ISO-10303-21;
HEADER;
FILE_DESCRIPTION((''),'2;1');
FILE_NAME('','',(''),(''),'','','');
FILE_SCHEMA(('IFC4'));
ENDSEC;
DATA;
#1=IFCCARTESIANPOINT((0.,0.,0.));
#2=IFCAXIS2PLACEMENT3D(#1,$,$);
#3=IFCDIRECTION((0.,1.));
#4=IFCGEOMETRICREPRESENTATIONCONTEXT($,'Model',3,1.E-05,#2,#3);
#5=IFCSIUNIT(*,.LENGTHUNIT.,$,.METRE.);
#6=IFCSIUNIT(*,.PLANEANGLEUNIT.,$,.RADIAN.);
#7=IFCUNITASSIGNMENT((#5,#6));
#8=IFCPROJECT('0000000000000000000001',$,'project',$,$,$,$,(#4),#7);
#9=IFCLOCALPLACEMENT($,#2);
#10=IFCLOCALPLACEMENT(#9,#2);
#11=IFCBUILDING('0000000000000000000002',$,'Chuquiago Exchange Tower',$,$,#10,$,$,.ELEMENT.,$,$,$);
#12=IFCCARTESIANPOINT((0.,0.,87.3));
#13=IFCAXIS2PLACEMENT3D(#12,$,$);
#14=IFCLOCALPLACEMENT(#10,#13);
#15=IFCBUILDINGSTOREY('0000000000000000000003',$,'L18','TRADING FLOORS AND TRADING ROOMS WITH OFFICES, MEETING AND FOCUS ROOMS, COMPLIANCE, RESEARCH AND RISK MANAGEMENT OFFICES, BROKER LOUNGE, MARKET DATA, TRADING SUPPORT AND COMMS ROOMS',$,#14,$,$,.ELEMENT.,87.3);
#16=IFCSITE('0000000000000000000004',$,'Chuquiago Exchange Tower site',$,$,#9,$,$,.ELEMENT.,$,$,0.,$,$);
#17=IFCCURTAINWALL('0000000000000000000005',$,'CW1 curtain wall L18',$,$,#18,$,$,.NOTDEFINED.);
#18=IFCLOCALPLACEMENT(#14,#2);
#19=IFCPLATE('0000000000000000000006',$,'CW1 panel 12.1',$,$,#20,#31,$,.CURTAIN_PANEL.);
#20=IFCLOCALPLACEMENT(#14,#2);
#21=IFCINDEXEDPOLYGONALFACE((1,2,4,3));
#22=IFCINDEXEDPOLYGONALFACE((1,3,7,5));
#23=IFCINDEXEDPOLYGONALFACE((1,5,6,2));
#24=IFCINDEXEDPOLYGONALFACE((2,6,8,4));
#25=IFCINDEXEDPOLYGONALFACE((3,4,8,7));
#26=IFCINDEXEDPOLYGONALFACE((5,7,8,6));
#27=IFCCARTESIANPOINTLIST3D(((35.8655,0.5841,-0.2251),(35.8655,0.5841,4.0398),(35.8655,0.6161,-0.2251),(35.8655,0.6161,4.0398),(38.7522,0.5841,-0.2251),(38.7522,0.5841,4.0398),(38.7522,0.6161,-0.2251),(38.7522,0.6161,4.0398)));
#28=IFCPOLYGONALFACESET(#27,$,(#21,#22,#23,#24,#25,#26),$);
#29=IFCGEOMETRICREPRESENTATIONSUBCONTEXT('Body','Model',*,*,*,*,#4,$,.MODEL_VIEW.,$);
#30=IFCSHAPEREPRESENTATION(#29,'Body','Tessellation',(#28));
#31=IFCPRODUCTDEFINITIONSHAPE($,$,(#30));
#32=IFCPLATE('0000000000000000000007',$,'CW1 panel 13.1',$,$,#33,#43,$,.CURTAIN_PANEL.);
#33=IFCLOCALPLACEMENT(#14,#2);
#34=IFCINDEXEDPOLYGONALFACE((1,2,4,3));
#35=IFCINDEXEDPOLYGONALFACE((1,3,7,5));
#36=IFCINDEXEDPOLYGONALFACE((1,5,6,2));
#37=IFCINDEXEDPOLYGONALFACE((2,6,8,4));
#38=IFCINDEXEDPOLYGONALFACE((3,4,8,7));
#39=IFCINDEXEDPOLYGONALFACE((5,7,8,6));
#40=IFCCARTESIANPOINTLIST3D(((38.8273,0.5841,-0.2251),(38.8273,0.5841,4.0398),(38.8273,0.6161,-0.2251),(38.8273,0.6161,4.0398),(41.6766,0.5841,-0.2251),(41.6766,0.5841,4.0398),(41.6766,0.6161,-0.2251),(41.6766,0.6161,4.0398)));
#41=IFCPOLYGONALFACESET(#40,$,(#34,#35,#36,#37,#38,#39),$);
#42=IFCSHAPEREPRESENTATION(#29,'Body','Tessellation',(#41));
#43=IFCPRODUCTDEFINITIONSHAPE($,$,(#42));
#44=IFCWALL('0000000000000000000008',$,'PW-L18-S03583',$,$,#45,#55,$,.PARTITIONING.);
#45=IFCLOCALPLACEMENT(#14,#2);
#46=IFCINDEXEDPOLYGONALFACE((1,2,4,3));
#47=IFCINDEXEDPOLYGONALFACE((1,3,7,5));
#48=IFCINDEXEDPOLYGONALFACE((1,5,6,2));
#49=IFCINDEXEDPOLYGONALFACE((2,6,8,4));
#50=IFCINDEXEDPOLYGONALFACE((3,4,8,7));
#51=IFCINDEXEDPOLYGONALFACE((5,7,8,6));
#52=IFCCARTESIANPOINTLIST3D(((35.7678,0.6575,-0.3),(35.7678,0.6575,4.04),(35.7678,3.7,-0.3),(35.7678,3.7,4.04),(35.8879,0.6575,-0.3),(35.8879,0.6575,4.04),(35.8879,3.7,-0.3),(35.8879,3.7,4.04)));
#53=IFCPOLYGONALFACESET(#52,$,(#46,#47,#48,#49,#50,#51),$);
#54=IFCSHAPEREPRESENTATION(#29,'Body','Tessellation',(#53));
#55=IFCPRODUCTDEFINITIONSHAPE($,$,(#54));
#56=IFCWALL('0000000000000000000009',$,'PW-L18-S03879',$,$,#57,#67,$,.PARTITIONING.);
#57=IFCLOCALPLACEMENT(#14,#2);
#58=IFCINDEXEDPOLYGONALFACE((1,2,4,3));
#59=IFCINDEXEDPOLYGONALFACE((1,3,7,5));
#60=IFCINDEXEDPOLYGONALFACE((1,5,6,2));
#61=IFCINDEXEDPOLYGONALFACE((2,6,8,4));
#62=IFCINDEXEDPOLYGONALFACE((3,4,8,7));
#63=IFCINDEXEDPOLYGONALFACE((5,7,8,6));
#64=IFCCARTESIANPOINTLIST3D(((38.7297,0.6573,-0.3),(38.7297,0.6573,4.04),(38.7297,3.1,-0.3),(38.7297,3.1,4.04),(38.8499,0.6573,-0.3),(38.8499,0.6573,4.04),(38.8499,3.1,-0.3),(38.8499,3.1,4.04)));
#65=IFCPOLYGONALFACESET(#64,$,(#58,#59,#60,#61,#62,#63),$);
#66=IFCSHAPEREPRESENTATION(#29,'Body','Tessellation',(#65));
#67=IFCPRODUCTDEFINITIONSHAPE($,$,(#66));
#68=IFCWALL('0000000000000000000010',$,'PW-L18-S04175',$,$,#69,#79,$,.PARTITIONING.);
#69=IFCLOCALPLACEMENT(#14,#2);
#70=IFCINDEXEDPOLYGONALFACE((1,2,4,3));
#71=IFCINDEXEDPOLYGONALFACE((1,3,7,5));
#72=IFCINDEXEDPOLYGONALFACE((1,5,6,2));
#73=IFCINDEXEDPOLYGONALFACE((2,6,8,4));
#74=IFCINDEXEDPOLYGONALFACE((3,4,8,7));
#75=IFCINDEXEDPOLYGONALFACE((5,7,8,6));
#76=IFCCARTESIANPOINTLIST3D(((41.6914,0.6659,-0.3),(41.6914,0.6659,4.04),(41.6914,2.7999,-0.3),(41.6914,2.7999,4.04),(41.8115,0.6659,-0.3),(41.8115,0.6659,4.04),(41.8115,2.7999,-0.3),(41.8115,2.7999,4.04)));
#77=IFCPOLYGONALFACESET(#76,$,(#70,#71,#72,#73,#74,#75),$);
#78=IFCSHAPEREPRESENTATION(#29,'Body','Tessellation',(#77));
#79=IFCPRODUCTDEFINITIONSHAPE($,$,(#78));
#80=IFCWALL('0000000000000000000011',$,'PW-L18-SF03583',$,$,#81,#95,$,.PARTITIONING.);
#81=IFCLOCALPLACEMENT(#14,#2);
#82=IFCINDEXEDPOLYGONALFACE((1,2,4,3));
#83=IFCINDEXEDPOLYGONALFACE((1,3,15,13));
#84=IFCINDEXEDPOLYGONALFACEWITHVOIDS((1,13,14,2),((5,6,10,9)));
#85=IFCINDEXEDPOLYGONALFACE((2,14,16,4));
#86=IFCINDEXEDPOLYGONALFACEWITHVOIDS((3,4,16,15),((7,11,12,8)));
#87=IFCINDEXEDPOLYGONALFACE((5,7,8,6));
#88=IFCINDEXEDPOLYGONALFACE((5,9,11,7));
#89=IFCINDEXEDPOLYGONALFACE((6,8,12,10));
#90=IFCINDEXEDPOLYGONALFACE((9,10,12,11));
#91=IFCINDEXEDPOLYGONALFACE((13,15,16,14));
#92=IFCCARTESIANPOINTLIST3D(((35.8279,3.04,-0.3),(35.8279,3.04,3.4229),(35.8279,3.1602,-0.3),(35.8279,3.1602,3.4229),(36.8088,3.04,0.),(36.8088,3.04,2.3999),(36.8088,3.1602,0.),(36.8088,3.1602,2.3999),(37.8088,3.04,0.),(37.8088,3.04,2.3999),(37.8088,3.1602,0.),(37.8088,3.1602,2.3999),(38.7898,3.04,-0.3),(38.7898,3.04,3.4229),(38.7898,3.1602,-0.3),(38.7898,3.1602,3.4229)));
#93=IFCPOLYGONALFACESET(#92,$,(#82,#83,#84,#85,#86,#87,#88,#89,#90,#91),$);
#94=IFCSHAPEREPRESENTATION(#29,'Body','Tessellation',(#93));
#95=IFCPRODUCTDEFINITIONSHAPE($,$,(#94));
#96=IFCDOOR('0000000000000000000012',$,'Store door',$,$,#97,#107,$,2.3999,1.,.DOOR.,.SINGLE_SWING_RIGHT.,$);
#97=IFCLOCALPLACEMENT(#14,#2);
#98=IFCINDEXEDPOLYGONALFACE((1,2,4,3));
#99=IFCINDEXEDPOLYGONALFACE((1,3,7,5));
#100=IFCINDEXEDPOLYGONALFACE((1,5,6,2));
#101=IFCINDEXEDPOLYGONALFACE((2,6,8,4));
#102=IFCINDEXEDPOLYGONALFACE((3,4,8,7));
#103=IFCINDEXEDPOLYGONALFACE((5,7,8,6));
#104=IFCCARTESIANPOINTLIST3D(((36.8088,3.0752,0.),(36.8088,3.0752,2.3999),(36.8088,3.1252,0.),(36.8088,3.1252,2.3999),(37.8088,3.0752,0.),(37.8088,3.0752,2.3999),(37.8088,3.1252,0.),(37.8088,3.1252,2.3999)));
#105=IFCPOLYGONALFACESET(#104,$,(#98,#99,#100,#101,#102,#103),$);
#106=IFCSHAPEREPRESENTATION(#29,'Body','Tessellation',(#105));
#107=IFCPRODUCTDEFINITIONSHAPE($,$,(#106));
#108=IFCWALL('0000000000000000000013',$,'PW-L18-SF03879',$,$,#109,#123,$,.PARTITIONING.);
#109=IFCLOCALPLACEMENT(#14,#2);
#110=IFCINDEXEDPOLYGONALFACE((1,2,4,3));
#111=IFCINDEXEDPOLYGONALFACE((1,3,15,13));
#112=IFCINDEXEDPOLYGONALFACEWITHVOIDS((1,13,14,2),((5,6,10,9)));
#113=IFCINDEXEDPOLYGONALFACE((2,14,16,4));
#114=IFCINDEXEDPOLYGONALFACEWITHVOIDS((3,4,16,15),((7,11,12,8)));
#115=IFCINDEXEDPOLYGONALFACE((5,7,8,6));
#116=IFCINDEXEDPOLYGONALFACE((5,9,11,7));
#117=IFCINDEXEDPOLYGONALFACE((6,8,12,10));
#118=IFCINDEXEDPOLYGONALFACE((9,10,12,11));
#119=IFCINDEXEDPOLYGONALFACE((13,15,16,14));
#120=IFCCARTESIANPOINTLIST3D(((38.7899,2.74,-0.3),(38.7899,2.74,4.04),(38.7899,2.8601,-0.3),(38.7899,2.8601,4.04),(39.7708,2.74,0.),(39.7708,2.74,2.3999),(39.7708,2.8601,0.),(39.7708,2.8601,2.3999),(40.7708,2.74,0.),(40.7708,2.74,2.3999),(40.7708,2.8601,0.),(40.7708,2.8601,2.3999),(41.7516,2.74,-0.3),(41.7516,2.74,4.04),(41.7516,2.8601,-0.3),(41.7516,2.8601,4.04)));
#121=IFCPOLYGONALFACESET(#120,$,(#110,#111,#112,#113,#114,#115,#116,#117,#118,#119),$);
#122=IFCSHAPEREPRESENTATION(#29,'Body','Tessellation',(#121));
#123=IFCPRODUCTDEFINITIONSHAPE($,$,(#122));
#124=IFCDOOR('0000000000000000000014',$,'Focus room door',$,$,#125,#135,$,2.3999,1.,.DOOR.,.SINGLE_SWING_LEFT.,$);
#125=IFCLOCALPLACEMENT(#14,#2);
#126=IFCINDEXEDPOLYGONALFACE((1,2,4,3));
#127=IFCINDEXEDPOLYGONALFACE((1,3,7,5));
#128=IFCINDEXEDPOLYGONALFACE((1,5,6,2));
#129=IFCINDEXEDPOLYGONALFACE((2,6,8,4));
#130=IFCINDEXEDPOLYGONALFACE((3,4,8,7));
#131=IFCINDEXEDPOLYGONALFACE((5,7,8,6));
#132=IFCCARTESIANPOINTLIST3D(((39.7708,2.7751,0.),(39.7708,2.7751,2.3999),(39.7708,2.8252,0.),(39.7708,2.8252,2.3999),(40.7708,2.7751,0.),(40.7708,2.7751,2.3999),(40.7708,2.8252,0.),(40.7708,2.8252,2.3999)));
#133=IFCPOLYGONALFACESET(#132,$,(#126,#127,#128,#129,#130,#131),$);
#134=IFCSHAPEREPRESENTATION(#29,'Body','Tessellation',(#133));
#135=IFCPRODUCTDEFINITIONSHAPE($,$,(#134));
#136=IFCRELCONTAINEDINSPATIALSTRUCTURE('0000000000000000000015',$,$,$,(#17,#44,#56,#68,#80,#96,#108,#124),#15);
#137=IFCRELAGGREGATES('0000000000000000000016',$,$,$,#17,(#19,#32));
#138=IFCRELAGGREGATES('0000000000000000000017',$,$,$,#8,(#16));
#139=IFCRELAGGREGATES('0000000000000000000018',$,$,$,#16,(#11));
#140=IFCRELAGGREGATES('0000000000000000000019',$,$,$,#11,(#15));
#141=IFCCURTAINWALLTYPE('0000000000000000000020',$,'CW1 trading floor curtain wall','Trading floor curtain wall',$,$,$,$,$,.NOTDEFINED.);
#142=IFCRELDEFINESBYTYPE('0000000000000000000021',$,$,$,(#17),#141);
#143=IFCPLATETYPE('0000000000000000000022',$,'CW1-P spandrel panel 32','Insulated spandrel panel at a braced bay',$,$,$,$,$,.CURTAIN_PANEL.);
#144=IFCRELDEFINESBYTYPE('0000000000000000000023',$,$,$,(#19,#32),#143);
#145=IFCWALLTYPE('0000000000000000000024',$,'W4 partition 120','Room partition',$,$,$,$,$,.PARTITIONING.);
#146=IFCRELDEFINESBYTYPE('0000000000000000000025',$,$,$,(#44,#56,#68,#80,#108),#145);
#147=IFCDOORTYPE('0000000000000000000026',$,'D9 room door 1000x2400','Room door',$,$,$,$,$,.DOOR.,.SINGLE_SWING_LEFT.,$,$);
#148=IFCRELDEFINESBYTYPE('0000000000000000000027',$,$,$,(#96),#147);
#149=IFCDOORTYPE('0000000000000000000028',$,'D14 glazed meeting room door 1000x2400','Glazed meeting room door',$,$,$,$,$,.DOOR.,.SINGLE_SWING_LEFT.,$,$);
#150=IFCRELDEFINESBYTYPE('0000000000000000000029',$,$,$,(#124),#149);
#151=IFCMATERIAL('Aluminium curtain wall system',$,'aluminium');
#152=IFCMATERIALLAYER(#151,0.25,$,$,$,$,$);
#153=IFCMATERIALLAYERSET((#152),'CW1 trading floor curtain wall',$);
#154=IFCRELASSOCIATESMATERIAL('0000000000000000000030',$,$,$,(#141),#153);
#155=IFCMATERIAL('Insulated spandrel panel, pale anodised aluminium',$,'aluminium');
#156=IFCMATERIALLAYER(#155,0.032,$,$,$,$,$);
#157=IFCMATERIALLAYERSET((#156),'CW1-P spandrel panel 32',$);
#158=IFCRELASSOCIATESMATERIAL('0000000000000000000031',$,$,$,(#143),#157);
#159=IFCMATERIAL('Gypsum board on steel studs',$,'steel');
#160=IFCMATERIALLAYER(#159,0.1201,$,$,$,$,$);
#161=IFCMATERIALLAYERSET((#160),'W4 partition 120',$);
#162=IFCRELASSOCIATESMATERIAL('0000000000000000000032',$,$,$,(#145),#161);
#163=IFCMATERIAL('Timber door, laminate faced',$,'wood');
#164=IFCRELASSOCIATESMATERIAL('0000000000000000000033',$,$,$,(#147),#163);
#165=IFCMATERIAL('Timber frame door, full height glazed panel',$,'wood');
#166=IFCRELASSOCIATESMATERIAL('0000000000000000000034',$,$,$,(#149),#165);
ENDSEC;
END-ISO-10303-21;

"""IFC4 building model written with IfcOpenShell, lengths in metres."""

from ifc_helpers import new_model, si_unit, direction, frame, frame_2d, origin, origin_2d, place, context, subcontext, project, spatial, rectangle, extrude, material, layer, layer_set, type_object, element, fill, aggregate, save


model = new_model("IFC4")

# Units and contexts
model_context = context("Model", 3, precision=1e-05, world=origin(), true_north=direction((0.0, 1.0)))
body_context = subcontext(model_context, "Body", "Model", "MODEL_VIEW")
ifc_project = project(units=[si_unit("LENGTHUNIT", "METRE"), si_unit("PLANEANGLEUNIT", "RADIAN")], contexts=[model_context])

# Site, building, storey
site_placement = place(None, origin())
site = spatial("IfcSite", under=ifc_project, at=site_placement, Name="Chuquiago Exchange Tower site", CompositionType="ELEMENT", RefElevation=0.0)
building_placement = place(site_placement, origin())
building = spatial("IfcBuilding", under=site, at=building_placement, Name="Chuquiago Exchange Tower", CompositionType="ELEMENT")
storey_placement = place(building_placement, frame((0.0, 0.0, 87.3)))
storey = spatial("IfcBuildingStorey", under=building, at=storey_placement, Name="L18", Description="TRADING FLOORS AND TRADING ROOMS WITH OFFICES, MEETING AND FOCUS ROOMS, COMPLIANCE, RESEARCH AND RISK MANAGEMENT OFFICES, BROKER LOUNGE, MARKET DATA, TRADING SUPPORT AND COMMS ROOMS", CompositionType="ELEMENT", Elevation=87.3)

# Curtain wall
ifc_material_1 = material(Name="Aluminium curtain wall system", Category="aluminium")
ifc_layer_1 = layer(ifc_material_1, 0.25)
ifc_layer_set_1 = layer_set([ifc_layer_1], Name="CW1 trading floor curtain wall")
curtain_wall_type_1 = type_object("IfcCurtainWallType", Name="CW1 trading floor curtain wall", Description="Trading floor curtain wall", PredefinedType="NOTDEFINED", material=ifc_layer_set_1)
curtain_wall_1_placement = place(storey_placement, origin())
curtain_wall_1 = element("IfcCurtainWall", 1, at=curtain_wall_1_placement, inside=storey, type_object=curtain_wall_type_1, Name="CW1 curtain wall L18", PredefinedType="NOTDEFINED")

# Plates
ifc_material_2 = material(Name="Insulated spandrel panel, pale anodised aluminium", Category="aluminium")
ifc_layer_2 = layer(ifc_material_2, 0.032)
ifc_layer_set_2 = layer_set([ifc_layer_2], Name="CW1-P spandrel panel 32")
plate_type_1 = type_object("IfcPlateType", Name="CW1-P spandrel panel 32", Description="Insulated spandrel panel at a braced bay", PredefinedType="CURTAIN_PANEL", material=ifc_layer_set_2)
plate_1_placement = place(storey_placement, frame((37.3088, 0.6001, -0.2251), z_axis=(0.0, 0.0, 1.0), x_axis=(1.0, 0.0, 0.0)))
plate_1 = element("IfcPlate", 2, at=plate_1_placement, type_object=plate_type_1, Name="CW1 panel 12.1", PredefinedType="CURTAIN_PANEL", context=body_context, shape_type="SweptSolid", body=[
    extrude(rectangle(XDim=2.8867, YDim=0.032, at=origin_2d()), origin(), (0.0, 0.0, 1.0), 4.2649),
])
plate_2_placement = place(storey_placement, frame((40.252, 0.6001, -0.2251), z_axis=(0.0, 0.0, 1.0), x_axis=(1.0, 0.0, 0.0)))
plate_2 = element("IfcPlate", 3, at=plate_2_placement, type_object=plate_type_1, Name="CW1 panel 13.1", PredefinedType="CURTAIN_PANEL", context=body_context, shape_type="SweptSolid", body=[
    extrude(rectangle(XDim=2.8494, YDim=0.032, at=origin_2d()), origin(), (0.0, 0.0, 1.0), 4.2649),
])
aggregate(curtain_wall_1, [plate_1, plate_2])

# Walls
ifc_material_3 = material(Name="Gypsum board on steel studs", Category="steel")
ifc_layer_3 = layer(ifc_material_3, 0.1201)
ifc_layer_set_3 = layer_set([ifc_layer_3], Name="W4 partition 120")
wall_type = type_object("IfcWallType", Name="W4 partition 120", Description="Room partition", PredefinedType="PARTITIONING", material=ifc_layer_set_3)
wall_1_placement = place(storey_placement, frame((35.8279, 0.6575, -0.3), z_axis=(0.0, 0.0, 1.0), x_axis=(0.0, 1.0, 0.0)))
element("IfcWall", 4, at=wall_1_placement, inside=storey, type_object=wall_type, Name="PW-L18-S03583", PredefinedType="PARTITIONING", context=body_context, shape_type="SweptSolid", body=[
    extrude(rectangle(XDim=3.0425, YDim=0.1201, at=frame_2d((1.5212, 0.0))), origin(), (0.0, 0.0, 1.0), 4.3401),
])
wall_2_placement = place(storey_placement, frame((38.7898, 0.6575, -0.3), z_axis=(0.0, 0.0, 1.0), x_axis=(0.0, 1.0, 0.0)))
element("IfcWall", 5, at=wall_2_placement, inside=storey, type_object=wall_type, Name="PW-L18-S03879", PredefinedType="PARTITIONING", context=body_context, shape_type="SweptSolid", body=[
    extrude(rectangle(XDim=2.4426, YDim=0.1201, at=frame_2d((1.2212, 0.0))), origin(), (0.0, 0.0, 1.0), 4.3401),
])
wall_3_placement = place(storey_placement, frame((41.7515, 0.666, -0.3), z_axis=(0.0, 0.0, 1.0), x_axis=(0.0, 1.0, 0.0)))
element("IfcWall", 6, at=wall_3_placement, inside=storey, type_object=wall_type, Name="PW-L18-S04175", PredefinedType="PARTITIONING", context=body_context, shape_type="SweptSolid", body=[
    extrude(rectangle(XDim=2.134, YDim=0.1201, at=frame_2d((1.0669, 0.0))), origin(), (0.0, 0.0, 1.0), 4.3401),
])

# Walls, openings, doors
wall_4_placement = place(storey_placement, frame((35.8279, 3.1001, -0.3), z_axis=(0.0, 0.0, 1.0), x_axis=(1.0, 0.0, 0.0)))
wall_4 = element("IfcWall", 7, at=wall_4_placement, inside=storey, type_object=wall_type, Name="PW-L18-SF03583", PredefinedType="PARTITIONING", context=body_context, shape_type="SweptSolid", body=[
    extrude(rectangle(XDim=2.9619, YDim=0.1201, at=frame_2d((1.481, 0.0))), origin(), (0.0, 0.0, 1.0), 3.7229),
])
opening_1_placement = place(wall_4_placement, frame((0.981, 0.0, 0.3)))
opening_1 = element("IfcOpeningElement", 8, at=opening_1_placement, cuts=wall_4, PredefinedType="OPENING", context=body_context, shape_type="SweptSolid", body=[
    extrude(rectangle(XDim=1.0, YDim=2.3999, at=frame_2d((0.5, 1.2))), frame((0.0, 0.0701, 0.0), z_axis=(0.0, -1.0, 0.0), x_axis=(1.0, 0.0, 0.0)), (0.0, 0.0, 1.0), 0.1401),
])
ifc_material_4 = material(Name="Timber door, laminate faced", Category="wood")
door_type_1 = type_object("IfcDoorType", Name="D9 room door 1000x2400", Description="Room door", OperationType="SINGLE_SWING_LEFT", PredefinedType="DOOR", material=ifc_material_4)
door_1_placement = place(opening_1_placement, frame((1.0, 0.0, 0.0), z_axis=(0.0, 0.0, 1.0), x_axis=(-1.0, 0.0, 0.0)))
door_1 = element("IfcDoor", 9, at=door_1_placement, inside=storey, type_object=door_type_1, Name="Store door", OperationType="SINGLE_SWING_RIGHT", OverallHeight=2.3999, OverallWidth=1.0, PredefinedType="DOOR", context=body_context, shape_type="SweptSolid", body=[
    extrude(rectangle(XDim=1.0, YDim=2.3999, at=frame_2d((0.5, 1.2))), frame((0.0, 0.0249, 0.0), z_axis=(0.0, -1.0, 0.0), x_axis=(1.0, 0.0, 0.0)), (0.0, 0.0, 1.0), 0.05),
])
fill(opening_1, door_1)
wall_5_placement = place(storey_placement, frame((38.7898, 2.8, -0.3), z_axis=(0.0, 0.0, 1.0), x_axis=(1.0, 0.0, 0.0)))
wall_5 = element("IfcWall", 10, at=wall_5_placement, inside=storey, type_object=wall_type, Name="PW-L18-SF03879", PredefinedType="PARTITIONING", context=body_context, shape_type="SweptSolid", body=[
    extrude(rectangle(XDim=2.9617, YDim=0.1201, at=frame_2d((1.481, 0.0))), origin(), (0.0, 0.0, 1.0), 4.3401),
])
opening_2_placement = place(wall_5_placement, frame((0.981, 0.0, 0.3)))
opening_2 = element("IfcOpeningElement", 11, at=opening_2_placement, cuts=wall_5, PredefinedType="OPENING", context=body_context, shape_type="SweptSolid", body=[
    extrude(rectangle(XDim=1.0, YDim=2.3999, at=frame_2d((0.5, 1.2))), frame((0.0, 0.0701, 0.0), z_axis=(0.0, -1.0, 0.0), x_axis=(1.0, 0.0, 0.0)), (0.0, 0.0, 1.0), 0.1401),
])
ifc_material_5 = material(Name="Timber frame door, full height glazed panel", Category="wood")
door_type_2 = type_object("IfcDoorType", Name="D14 glazed meeting room door 1000x2400", Description="Glazed meeting room door", OperationType="SINGLE_SWING_LEFT", PredefinedType="DOOR", material=ifc_material_5)
door_2_placement = place(opening_2_placement, frame((1.0, 0.0, 0.0), z_axis=(0.0, 0.0, 1.0), x_axis=(-1.0, 0.0, 0.0)))
door_2 = element("IfcDoor", 12, at=door_2_placement, inside=storey, type_object=door_type_2, Name="Focus room door", OperationType="SINGLE_SWING_LEFT", OverallHeight=2.3999, OverallWidth=1.0, PredefinedType="DOOR", context=body_context, shape_type="SweptSolid", body=[
    extrude(rectangle(XDim=1.0, YDim=2.3999, at=frame_2d((0.5, 1.2))), frame((0.0, 0.0249, 0.0), z_axis=(0.0, -1.0, 0.0), x_axis=(1.0, 0.0, 0.0)), (0.0, 0.0, 1.0), 0.05),
])
fill(opening_2, door_2)

save(model, "model.ifc")
